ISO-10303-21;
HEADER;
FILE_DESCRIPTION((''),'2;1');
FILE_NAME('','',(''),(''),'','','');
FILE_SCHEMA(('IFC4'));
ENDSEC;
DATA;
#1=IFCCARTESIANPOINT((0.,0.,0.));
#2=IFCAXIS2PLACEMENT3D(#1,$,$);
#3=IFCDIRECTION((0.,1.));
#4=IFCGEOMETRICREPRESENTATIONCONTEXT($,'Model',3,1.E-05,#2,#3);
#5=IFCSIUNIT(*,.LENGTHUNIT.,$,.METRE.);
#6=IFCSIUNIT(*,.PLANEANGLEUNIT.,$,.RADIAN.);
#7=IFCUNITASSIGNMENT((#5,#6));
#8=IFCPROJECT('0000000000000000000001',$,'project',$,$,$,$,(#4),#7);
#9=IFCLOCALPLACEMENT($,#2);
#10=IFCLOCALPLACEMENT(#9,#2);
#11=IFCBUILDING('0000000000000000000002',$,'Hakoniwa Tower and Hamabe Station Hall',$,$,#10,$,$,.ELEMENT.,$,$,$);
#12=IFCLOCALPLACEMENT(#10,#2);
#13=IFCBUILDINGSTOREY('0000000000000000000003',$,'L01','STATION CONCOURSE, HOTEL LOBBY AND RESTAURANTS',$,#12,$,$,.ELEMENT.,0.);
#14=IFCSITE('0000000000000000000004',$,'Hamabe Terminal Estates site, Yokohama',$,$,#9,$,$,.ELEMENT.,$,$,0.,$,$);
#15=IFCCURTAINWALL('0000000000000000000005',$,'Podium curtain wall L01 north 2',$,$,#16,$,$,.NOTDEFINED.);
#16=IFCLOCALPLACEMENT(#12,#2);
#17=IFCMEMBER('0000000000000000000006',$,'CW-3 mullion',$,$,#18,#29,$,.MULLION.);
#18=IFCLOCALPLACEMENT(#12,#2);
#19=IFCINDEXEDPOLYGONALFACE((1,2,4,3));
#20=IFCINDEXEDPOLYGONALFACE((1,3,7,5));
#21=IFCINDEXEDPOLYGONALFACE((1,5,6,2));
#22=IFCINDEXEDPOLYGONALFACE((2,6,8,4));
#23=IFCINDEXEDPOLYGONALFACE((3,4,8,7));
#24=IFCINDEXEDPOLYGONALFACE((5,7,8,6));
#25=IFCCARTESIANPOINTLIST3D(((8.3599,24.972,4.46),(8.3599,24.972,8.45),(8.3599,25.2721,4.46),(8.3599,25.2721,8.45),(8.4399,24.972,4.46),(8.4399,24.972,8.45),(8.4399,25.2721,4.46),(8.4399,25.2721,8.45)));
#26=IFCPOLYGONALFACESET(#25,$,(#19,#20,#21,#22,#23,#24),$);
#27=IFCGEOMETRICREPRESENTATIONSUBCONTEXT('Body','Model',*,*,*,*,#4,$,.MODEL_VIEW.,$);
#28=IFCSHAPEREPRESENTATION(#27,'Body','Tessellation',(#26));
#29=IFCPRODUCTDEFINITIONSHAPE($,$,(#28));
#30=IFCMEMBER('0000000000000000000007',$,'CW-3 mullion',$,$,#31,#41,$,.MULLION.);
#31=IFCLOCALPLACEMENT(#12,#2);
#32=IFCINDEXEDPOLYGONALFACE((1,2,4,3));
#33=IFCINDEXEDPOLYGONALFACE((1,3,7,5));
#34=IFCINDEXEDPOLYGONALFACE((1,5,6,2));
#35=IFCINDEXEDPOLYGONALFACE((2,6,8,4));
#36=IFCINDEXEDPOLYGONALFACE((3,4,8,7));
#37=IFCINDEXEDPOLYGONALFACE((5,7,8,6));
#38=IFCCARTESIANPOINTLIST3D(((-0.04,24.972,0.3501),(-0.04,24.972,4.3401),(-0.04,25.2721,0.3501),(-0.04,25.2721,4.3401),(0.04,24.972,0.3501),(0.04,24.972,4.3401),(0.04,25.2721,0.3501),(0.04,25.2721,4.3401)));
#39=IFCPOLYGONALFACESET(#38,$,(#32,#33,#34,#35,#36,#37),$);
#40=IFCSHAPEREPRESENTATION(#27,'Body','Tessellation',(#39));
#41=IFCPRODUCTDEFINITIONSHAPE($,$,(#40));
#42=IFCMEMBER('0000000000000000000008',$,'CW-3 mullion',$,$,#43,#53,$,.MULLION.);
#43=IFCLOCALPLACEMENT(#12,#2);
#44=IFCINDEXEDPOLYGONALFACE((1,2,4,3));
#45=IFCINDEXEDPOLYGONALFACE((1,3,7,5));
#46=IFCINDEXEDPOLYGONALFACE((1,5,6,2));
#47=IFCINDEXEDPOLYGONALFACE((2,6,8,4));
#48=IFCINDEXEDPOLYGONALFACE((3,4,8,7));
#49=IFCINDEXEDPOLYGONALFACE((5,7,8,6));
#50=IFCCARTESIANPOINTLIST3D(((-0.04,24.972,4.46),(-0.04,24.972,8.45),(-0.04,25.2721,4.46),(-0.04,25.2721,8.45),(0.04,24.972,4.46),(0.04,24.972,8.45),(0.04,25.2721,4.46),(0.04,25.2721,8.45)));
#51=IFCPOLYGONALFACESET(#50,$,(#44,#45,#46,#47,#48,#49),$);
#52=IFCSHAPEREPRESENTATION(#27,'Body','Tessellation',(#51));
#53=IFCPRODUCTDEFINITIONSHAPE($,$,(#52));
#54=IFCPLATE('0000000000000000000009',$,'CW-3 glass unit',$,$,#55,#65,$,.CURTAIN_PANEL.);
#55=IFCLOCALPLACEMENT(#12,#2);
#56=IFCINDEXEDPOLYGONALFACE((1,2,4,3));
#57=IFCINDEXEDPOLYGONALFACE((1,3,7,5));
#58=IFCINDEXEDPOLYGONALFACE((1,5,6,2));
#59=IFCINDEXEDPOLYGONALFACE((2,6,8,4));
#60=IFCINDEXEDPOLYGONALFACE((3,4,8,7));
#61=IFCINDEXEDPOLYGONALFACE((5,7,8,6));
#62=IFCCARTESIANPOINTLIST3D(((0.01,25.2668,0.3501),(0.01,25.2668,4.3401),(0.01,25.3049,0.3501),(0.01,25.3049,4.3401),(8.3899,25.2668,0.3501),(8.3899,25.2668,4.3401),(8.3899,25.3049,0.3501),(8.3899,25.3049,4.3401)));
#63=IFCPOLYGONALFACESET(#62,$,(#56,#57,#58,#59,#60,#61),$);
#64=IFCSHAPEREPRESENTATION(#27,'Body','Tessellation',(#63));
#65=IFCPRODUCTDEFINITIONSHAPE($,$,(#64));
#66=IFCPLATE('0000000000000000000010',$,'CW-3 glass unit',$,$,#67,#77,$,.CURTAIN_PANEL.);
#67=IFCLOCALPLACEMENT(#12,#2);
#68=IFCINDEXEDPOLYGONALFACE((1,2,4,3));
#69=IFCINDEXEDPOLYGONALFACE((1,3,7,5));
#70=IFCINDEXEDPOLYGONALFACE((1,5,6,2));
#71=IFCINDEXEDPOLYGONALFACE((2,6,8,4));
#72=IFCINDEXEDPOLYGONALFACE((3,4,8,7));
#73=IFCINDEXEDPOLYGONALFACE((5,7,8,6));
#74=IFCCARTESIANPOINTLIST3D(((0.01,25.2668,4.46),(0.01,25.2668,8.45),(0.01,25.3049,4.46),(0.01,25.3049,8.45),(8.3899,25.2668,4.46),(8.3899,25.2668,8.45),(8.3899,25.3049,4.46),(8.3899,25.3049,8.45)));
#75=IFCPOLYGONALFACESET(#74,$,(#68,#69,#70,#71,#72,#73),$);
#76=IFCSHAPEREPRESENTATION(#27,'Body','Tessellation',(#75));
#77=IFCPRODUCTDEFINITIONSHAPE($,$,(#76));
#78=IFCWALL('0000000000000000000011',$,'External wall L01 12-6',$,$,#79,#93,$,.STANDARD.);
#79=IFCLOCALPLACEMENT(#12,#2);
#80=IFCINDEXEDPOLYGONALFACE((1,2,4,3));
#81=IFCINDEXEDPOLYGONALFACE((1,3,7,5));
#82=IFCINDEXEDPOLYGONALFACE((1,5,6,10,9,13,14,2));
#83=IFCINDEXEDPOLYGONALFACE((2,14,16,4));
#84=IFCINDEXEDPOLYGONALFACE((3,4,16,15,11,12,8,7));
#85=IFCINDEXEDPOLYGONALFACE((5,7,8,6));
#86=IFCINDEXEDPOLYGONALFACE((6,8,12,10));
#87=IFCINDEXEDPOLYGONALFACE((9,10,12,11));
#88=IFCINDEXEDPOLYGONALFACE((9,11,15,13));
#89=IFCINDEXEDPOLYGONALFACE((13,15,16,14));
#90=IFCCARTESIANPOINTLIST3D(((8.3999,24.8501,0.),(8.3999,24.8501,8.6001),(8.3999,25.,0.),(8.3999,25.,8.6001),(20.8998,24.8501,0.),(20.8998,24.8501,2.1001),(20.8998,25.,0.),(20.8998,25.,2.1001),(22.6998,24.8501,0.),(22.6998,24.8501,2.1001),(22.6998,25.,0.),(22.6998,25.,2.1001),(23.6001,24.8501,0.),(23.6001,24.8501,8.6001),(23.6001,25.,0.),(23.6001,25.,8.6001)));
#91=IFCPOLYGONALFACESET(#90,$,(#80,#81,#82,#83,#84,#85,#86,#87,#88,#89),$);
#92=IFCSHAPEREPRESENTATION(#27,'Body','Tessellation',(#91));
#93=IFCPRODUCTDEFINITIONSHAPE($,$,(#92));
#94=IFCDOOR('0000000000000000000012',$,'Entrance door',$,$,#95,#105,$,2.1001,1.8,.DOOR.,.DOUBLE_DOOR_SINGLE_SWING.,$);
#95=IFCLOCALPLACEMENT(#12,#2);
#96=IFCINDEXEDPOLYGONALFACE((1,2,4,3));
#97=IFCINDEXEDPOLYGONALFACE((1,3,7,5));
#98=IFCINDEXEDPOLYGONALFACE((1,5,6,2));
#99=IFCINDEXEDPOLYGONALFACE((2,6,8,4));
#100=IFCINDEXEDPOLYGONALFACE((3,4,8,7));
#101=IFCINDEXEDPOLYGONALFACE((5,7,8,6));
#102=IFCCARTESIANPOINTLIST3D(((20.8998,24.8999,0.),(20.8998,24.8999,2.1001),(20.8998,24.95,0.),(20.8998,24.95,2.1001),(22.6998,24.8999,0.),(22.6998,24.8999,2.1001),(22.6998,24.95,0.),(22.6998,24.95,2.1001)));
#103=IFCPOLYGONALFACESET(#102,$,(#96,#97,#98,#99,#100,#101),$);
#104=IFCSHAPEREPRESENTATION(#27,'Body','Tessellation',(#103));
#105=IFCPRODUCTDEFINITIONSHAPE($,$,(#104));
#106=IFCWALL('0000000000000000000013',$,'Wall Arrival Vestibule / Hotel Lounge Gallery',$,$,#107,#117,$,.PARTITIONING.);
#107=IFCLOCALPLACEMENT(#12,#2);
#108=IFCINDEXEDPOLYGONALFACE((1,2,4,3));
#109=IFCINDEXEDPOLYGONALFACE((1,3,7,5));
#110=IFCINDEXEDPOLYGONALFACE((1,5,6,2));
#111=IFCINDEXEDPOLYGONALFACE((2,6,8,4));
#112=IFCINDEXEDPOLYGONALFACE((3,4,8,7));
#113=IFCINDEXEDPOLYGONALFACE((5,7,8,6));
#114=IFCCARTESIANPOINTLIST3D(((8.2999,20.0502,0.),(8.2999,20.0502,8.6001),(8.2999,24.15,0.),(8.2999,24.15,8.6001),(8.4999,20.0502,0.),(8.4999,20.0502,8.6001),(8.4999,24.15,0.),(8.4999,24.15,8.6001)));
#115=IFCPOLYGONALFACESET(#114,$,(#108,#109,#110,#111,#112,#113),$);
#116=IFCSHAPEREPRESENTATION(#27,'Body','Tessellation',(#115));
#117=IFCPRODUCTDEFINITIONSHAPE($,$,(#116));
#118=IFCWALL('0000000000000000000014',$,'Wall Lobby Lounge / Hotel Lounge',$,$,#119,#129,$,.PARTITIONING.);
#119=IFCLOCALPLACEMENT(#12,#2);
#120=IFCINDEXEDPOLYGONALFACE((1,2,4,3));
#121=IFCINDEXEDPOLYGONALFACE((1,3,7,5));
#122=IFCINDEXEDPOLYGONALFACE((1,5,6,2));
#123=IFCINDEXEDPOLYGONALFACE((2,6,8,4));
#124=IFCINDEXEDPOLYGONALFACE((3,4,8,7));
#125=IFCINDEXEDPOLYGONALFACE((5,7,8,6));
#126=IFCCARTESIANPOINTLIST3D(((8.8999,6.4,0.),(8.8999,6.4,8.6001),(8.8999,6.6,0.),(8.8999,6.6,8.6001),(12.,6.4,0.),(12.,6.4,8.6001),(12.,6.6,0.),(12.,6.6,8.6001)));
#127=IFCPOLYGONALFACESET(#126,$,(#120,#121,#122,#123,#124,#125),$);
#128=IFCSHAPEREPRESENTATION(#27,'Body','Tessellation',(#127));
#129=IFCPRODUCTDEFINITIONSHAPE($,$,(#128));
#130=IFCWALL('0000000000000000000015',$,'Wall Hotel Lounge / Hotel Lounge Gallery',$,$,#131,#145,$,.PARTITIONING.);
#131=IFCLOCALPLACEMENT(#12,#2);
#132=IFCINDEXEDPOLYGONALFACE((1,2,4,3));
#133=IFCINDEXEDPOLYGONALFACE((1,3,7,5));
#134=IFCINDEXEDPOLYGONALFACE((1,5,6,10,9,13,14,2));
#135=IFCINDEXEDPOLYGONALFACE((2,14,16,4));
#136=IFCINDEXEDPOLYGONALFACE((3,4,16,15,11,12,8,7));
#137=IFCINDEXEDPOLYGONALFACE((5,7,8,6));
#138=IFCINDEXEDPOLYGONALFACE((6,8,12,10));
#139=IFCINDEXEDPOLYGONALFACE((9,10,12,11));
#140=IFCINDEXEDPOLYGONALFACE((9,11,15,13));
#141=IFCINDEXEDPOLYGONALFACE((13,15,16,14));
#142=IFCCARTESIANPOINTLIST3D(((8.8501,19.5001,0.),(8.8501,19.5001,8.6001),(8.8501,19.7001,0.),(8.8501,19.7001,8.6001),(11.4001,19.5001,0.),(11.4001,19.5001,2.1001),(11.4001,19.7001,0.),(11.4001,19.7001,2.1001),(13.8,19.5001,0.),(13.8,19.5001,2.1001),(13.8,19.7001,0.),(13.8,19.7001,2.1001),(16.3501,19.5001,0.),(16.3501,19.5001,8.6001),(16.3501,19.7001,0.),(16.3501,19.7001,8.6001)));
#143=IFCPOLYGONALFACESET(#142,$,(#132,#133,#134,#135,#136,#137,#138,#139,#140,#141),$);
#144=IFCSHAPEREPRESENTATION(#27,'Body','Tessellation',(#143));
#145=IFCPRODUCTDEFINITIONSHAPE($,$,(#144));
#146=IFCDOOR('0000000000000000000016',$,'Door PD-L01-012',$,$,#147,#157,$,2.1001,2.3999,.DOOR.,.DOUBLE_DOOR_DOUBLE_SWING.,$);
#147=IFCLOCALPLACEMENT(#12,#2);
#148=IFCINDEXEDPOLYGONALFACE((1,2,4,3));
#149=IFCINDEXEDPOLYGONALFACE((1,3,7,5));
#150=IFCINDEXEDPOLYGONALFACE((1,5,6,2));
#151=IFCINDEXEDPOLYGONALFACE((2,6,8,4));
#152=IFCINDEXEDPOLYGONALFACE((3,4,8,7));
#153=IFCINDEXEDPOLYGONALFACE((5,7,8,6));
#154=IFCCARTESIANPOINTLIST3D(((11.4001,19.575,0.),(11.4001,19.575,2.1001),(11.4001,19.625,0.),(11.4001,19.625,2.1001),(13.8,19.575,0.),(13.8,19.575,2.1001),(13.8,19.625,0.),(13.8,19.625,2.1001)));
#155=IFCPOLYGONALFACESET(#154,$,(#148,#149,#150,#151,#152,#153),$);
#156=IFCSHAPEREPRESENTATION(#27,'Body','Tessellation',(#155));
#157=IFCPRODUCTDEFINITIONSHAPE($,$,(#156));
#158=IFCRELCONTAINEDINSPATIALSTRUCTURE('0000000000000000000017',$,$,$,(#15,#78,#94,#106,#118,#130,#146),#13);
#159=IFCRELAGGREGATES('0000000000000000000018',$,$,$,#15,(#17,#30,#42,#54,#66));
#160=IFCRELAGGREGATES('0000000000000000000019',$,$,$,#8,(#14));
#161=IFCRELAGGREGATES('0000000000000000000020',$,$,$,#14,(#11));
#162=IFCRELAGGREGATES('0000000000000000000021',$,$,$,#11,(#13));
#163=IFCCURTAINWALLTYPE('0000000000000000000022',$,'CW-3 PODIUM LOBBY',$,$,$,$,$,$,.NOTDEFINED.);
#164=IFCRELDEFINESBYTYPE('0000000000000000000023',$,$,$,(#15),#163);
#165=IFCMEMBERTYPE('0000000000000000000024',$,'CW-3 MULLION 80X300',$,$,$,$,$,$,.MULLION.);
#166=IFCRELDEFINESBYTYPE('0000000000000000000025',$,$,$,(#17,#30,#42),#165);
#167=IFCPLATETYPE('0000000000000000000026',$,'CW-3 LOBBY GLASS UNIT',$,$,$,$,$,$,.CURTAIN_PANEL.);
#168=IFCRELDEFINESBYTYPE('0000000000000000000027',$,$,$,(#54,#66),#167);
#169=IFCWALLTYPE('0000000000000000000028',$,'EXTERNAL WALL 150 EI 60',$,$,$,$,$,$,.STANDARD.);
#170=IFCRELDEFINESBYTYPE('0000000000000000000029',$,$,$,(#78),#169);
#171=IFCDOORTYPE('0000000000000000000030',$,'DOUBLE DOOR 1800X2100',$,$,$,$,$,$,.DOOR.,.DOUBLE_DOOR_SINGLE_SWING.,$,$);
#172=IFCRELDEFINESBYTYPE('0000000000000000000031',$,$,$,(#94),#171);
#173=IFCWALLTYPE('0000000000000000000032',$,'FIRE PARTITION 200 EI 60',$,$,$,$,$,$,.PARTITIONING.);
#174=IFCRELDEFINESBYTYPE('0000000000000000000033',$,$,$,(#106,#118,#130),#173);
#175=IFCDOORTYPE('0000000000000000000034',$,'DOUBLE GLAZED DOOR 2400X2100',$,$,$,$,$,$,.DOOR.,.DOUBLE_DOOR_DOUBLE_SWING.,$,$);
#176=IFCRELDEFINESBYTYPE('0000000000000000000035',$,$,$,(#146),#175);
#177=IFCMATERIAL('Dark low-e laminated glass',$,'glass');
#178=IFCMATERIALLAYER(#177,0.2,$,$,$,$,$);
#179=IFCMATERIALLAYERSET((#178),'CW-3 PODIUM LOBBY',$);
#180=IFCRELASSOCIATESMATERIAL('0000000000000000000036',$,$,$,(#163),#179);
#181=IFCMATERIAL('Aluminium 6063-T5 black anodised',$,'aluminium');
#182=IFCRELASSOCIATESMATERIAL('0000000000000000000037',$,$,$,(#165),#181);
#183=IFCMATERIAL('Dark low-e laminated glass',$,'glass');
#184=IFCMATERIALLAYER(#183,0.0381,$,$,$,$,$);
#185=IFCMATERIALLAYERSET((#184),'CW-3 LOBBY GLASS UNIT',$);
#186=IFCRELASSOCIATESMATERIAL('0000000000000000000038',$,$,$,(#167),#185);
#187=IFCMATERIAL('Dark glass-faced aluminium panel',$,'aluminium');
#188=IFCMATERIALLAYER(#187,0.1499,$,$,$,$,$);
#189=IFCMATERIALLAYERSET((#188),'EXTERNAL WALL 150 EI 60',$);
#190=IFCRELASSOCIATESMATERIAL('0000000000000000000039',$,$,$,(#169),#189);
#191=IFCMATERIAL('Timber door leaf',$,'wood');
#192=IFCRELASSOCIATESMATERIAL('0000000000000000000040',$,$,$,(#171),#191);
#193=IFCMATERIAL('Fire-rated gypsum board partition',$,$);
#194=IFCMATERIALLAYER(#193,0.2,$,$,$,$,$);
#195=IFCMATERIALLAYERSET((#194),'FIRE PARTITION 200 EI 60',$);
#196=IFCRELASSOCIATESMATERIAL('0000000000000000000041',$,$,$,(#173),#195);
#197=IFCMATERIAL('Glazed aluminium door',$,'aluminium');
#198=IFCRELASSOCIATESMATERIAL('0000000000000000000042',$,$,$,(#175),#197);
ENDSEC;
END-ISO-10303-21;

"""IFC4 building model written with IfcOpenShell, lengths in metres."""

from ifc_helpers import new_model, si_unit, direction, frame, frame_2d, origin, origin_2d, place, context, subcontext, project, spatial, rectangle, extrude, material, layer, layer_set, material_profile, profile_set, type_object, element, fill, aggregate, save


model = new_model("IFC4")

# Units and contexts
model_context = context("Model", 3, precision=1e-05, world=origin(), true_north=direction((0.0, 1.0)))
body_context = subcontext(model_context, "Body", "Model", "MODEL_VIEW")
ifc_project = project(units=[si_unit("LENGTHUNIT", "METRE"), si_unit("PLANEANGLEUNIT", "RADIAN")], contexts=[model_context])

# Site, building, storey
site_placement = place(None, origin())
site = spatial("IfcSite", under=ifc_project, at=site_placement, Name="Hamabe Terminal Estates site, Yokohama", CompositionType="ELEMENT", RefElevation=0.0)
building_placement = place(site_placement, origin())
building = spatial("IfcBuilding", under=site, at=building_placement, Name="Hakoniwa Tower and Hamabe Station Hall", CompositionType="ELEMENT")
storey_placement = place(building_placement, origin())
storey = spatial("IfcBuildingStorey", under=building, at=storey_placement, Name="L01", Description="STATION CONCOURSE, HOTEL LOBBY AND RESTAURANTS", CompositionType="ELEMENT", Elevation=0.0)

# Curtain wall, members, plates
ifc_material_1 = material(Name="Dark low-e laminated glass", Category="glass")
ifc_layer_1 = layer(ifc_material_1, 0.2)
ifc_layer_set_1 = layer_set([ifc_layer_1], Name="CW-3 PODIUM LOBBY")
curtain_wall_type = type_object("IfcCurtainWallType", Name="CW-3 PODIUM LOBBY", PredefinedType="NOTDEFINED", material=ifc_layer_set_1)
curtain_wall_placement = place(storey_placement, origin())
curtain_wall = element("IfcCurtainWall", 1, at=curtain_wall_placement, inside=storey, type_object=curtain_wall_type, Name="Podium curtain wall L01 north 2", PredefinedType="NOTDEFINED")
ifc_material_2 = material(Name="Aluminium 6063-T5 black anodised", Category="aluminium")
ifc_material_profile_1 = material_profile(ifc_material_2, rectangle(XDim=0.0801, YDim=0.3, at=origin_2d()), Name="CW-3 MULLION 80X300")
ifc_profile_set_1 = profile_set([ifc_material_profile_1], Name="Aluminium 6063-T5 black anodised")
member_type_1 = type_object("IfcMemberType", Name="CW-3 MULLION 80X300", PredefinedType="MULLION", material=ifc_profile_set_1)
member_1_placement = place(storey_placement, frame((8.3999, 25.1221, 4.46), z_axis=(0.0, 0.0, 1.0), x_axis=(-1.0, 0.0, 0.0)))
member_1 = element("IfcMember", 2, at=member_1_placement, type_object=member_type_1, Name="CW-3 mullion", PredefinedType="MULLION", context=body_context, shape_type="SweptSolid", body=[
    extrude(rectangle(XDim=0.0801, YDim=0.3, at=origin_2d()), origin(), (0.0, 0.0, 1.0), 3.99),
])
member_2_placement = place(storey_placement, frame((0.0, 25.1221, 0.3501), z_axis=(0.0, 0.0, 1.0), x_axis=(-1.0, 0.0, 0.0)))
member_2 = element("IfcMember", 3, at=member_2_placement, type_object=member_type_1, Name="CW-3 mullion", PredefinedType="MULLION", context=body_context, shape_type="SweptSolid", body=[
    extrude(rectangle(XDim=0.0801, YDim=0.3, at=origin_2d()), origin(), (0.0, 0.0, 1.0), 3.99),
])
member_3_placement = place(storey_placement, frame((0.0, 25.1221, 4.46), z_axis=(0.0, 0.0, 1.0), x_axis=(-1.0, 0.0, 0.0)))
member_3 = element("IfcMember", 4, at=member_3_placement, type_object=member_type_1, Name="CW-3 mullion", PredefinedType="MULLION", context=body_context, shape_type="SweptSolid", body=[
    extrude(rectangle(XDim=0.0801, YDim=0.3, at=origin_2d()), origin(), (0.0, 0.0, 1.0), 3.99),
])
ifc_material_3 = material(Name="Dark low-e laminated glass", Category="glass")
ifc_layer_2 = layer(ifc_material_3, 0.0381)
ifc_layer_set_2 = layer_set([ifc_layer_2], Name="CW-3 LOBBY GLASS UNIT")
plate_type = type_object("IfcPlateType", Name="CW-3 LOBBY GLASS UNIT", PredefinedType="CURTAIN_PANEL", material=ifc_layer_set_2)
plate_1_placement = place(storey_placement, frame((4.2, 25.2859, 0.3501), z_axis=(0.0, 0.0, 1.0), x_axis=(-1.0, 0.0, 0.0)))
plate_1 = element("IfcPlate", 5, at=plate_1_placement, type_object=plate_type, Name="CW-3 glass unit", PredefinedType="CURTAIN_PANEL", context=body_context, shape_type="SweptSolid", body=[
    extrude(rectangle(XDim=8.3799, YDim=0.0381, at=origin_2d()), origin(), (0.0, 0.0, 1.0), 3.99),
])
plate_2_placement = place(storey_placement, frame((4.2, 25.2859, 4.46), z_axis=(0.0, 0.0, 1.0), x_axis=(-1.0, 0.0, 0.0)))
plate_2 = element("IfcPlate", 6, at=plate_2_placement, type_object=plate_type, Name="CW-3 glass unit", PredefinedType="CURTAIN_PANEL", context=body_context, shape_type="SweptSolid", body=[
    extrude(rectangle(XDim=8.3799, YDim=0.0381, at=origin_2d()), origin(), (0.0, 0.0, 1.0), 3.99),
])
aggregate(curtain_wall, [member_1, member_2, member_3, plate_1, plate_2])

# Wall, opening, door
ifc_material_4 = material(Name="Dark glass-faced aluminium panel", Category="aluminium")
ifc_layer_3 = layer(ifc_material_4, 0.1499)
ifc_layer_set_3 = layer_set([ifc_layer_3], Name="EXTERNAL WALL 150 EI 60")
wall_type_1 = type_object("IfcWallType", Name="EXTERNAL WALL 150 EI 60", PredefinedType="STANDARD", material=ifc_layer_set_3)
wall_1_placement = place(storey_placement, frame((8.3999, 24.925, 0.0), z_axis=(0.0, 0.0, 1.0), x_axis=(1.0, 0.0, 0.0)))
wall_1 = element("IfcWall", 7, at=wall_1_placement, inside=storey, type_object=wall_type_1, Name="External wall L01 12-6", PredefinedType="STANDARD", context=body_context, shape_type="SweptSolid", body=[
    extrude(rectangle(XDim=15.2002, YDim=0.1499, at=frame_2d((7.6001, 0.0))), origin(), (0.0, 0.0, 1.0), 8.6001),
])
opening_1_placement = place(wall_1_placement, frame((12.5, 0.0, 0.0)))
opening_1 = element("IfcOpeningElement", 8, at=opening_1_placement, cuts=wall_1, PredefinedType="OPENING", context=body_context, shape_type="SweptSolid", body=[
    extrude(rectangle(XDim=1.8, YDim=2.1001, at=frame_2d((0.8999, 1.05))), frame((0.0, 0.085, 0.0), z_axis=(0.0, -1.0, 0.0), x_axis=(1.0, 0.0, 0.0)), (0.0, 0.0, 1.0), 0.1699),
])
ifc_material_5 = material(Name="Timber door leaf", Category="wood")
door_type_1 = type_object("IfcDoorType", Name="DOUBLE DOOR 1800X2100", OperationType="DOUBLE_DOOR_SINGLE_SWING", PredefinedType="DOOR", material=ifc_material_5)
door_1_placement = place(opening_1_placement, origin())
door_1 = element("IfcDoor", 9, at=door_1_placement, inside=storey, type_object=door_type_1, Name="Entrance door", OperationType="DOUBLE_DOOR_SINGLE_SWING", OverallHeight=2.1001, OverallWidth=1.8, PredefinedType="DOOR", context=body_context, shape_type="SweptSolid", body=[
    extrude(rectangle(XDim=1.8, YDim=2.1001, at=frame_2d((0.8999, 1.05))), frame((0.0, 0.0249, 0.0), z_axis=(0.0, -1.0, 0.0), x_axis=(1.0, 0.0, 0.0)), (0.0, 0.0, 1.0), 0.05),
])
fill(opening_1, door_1)

# Walls
ifc_material_6 = material(Name="Fire-rated gypsum board partition")
ifc_layer_4 = layer(ifc_material_6, 0.2)
ifc_layer_set_4 = layer_set([ifc_layer_4], Name="FIRE PARTITION 200 EI 60")
wall_type_2 = type_object("IfcWallType", Name="FIRE PARTITION 200 EI 60", PredefinedType="PARTITIONING", material=ifc_layer_set_4)
wall_2_placement = place(storey_placement, frame((8.3999, 24.1499, 0.0), z_axis=(0.0, 0.0, 1.0), x_axis=(0.0, -1.0, 0.0)))
element("IfcWall", 10, at=wall_2_placement, inside=storey, type_object=wall_type_2, Name="Wall Arrival Vestibule / Hotel Lounge Gallery", PredefinedType="PARTITIONING", context=body_context, shape_type="SweptSolid", body=[
    extrude(rectangle(XDim=4.0999, YDim=0.2, at=frame_2d((2.0498, 0.0))), origin(), (0.0, 0.0, 1.0), 8.6001),
])
wall_3_placement = place(storey_placement, frame((8.8999, 6.5, 0.0), z_axis=(0.0, 0.0, 1.0), x_axis=(1.0, 0.0, 0.0)))
element("IfcWall", 11, at=wall_3_placement, inside=storey, type_object=wall_type_2, Name="Wall Lobby Lounge / Hotel Lounge", PredefinedType="PARTITIONING", context=body_context, shape_type="SweptSolid", body=[
    extrude(rectangle(XDim=3.1001, YDim=0.2, at=frame_2d((1.55, 0.0))), origin(), (0.0, 0.0, 1.0), 8.6001),
])

# Wall, opening, door
wall_4_placement = place(storey_placement, frame((8.8501, 19.6001, 0.0), z_axis=(0.0, 0.0, 1.0), x_axis=(1.0, 0.0, 0.0)))
wall_4 = element("IfcWall", 12, at=wall_4_placement, inside=storey, type_object=wall_type_2, Name="Wall Hotel Lounge / Hotel Lounge Gallery", PredefinedType="PARTITIONING", context=body_context, shape_type="SweptSolid", body=[
    extrude(rectangle(XDim=7.5, YDim=0.2, at=frame_2d((3.75, 0.0))), origin(), (0.0, 0.0, 1.0), 8.6001),
])
opening_2_placement = place(wall_4_placement, frame((2.55, 0.0, 0.0)))
opening_2 = element("IfcOpeningElement", 13, at=opening_2_placement, cuts=wall_4, PredefinedType="OPENING", context=body_context, shape_type="SweptSolid", body=[
    extrude(rectangle(XDim=2.3999, YDim=2.1001, at=frame_2d((1.2, 1.05))), frame((0.0, 0.1099, 0.0), z_axis=(0.0, -1.0, 0.0), x_axis=(1.0, 0.0, 0.0)), (0.0, 0.0, 1.0), 0.22),
])
ifc_material_7 = material(Name="Glazed aluminium door", Category="aluminium")
door_type_2 = type_object("IfcDoorType", Name="DOUBLE GLAZED DOOR 2400X2100", OperationType="DOUBLE_DOOR_DOUBLE_SWING", PredefinedType="DOOR", material=ifc_material_7)
door_2_placement = place(opening_2_placement, origin())
door_2 = element("IfcDoor", 14, at=door_2_placement, inside=storey, type_object=door_type_2, Name="Door PD-L01-012", OperationType="DOUBLE_DOOR_DOUBLE_SWING", OverallHeight=2.1001, OverallWidth=2.3999, PredefinedType="DOOR", context=body_context, shape_type="SweptSolid", body=[
    extrude(rectangle(XDim=2.3999, YDim=2.1001, at=frame_2d((1.2, 1.05))), frame((0.0, 0.0249, 0.0), z_axis=(0.0, -1.0, 0.0), x_axis=(1.0, 0.0, 0.0)), (0.0, 0.0, 1.0), 0.05),
])
fill(opening_2, door_2)

save(model, "model.ifc")
